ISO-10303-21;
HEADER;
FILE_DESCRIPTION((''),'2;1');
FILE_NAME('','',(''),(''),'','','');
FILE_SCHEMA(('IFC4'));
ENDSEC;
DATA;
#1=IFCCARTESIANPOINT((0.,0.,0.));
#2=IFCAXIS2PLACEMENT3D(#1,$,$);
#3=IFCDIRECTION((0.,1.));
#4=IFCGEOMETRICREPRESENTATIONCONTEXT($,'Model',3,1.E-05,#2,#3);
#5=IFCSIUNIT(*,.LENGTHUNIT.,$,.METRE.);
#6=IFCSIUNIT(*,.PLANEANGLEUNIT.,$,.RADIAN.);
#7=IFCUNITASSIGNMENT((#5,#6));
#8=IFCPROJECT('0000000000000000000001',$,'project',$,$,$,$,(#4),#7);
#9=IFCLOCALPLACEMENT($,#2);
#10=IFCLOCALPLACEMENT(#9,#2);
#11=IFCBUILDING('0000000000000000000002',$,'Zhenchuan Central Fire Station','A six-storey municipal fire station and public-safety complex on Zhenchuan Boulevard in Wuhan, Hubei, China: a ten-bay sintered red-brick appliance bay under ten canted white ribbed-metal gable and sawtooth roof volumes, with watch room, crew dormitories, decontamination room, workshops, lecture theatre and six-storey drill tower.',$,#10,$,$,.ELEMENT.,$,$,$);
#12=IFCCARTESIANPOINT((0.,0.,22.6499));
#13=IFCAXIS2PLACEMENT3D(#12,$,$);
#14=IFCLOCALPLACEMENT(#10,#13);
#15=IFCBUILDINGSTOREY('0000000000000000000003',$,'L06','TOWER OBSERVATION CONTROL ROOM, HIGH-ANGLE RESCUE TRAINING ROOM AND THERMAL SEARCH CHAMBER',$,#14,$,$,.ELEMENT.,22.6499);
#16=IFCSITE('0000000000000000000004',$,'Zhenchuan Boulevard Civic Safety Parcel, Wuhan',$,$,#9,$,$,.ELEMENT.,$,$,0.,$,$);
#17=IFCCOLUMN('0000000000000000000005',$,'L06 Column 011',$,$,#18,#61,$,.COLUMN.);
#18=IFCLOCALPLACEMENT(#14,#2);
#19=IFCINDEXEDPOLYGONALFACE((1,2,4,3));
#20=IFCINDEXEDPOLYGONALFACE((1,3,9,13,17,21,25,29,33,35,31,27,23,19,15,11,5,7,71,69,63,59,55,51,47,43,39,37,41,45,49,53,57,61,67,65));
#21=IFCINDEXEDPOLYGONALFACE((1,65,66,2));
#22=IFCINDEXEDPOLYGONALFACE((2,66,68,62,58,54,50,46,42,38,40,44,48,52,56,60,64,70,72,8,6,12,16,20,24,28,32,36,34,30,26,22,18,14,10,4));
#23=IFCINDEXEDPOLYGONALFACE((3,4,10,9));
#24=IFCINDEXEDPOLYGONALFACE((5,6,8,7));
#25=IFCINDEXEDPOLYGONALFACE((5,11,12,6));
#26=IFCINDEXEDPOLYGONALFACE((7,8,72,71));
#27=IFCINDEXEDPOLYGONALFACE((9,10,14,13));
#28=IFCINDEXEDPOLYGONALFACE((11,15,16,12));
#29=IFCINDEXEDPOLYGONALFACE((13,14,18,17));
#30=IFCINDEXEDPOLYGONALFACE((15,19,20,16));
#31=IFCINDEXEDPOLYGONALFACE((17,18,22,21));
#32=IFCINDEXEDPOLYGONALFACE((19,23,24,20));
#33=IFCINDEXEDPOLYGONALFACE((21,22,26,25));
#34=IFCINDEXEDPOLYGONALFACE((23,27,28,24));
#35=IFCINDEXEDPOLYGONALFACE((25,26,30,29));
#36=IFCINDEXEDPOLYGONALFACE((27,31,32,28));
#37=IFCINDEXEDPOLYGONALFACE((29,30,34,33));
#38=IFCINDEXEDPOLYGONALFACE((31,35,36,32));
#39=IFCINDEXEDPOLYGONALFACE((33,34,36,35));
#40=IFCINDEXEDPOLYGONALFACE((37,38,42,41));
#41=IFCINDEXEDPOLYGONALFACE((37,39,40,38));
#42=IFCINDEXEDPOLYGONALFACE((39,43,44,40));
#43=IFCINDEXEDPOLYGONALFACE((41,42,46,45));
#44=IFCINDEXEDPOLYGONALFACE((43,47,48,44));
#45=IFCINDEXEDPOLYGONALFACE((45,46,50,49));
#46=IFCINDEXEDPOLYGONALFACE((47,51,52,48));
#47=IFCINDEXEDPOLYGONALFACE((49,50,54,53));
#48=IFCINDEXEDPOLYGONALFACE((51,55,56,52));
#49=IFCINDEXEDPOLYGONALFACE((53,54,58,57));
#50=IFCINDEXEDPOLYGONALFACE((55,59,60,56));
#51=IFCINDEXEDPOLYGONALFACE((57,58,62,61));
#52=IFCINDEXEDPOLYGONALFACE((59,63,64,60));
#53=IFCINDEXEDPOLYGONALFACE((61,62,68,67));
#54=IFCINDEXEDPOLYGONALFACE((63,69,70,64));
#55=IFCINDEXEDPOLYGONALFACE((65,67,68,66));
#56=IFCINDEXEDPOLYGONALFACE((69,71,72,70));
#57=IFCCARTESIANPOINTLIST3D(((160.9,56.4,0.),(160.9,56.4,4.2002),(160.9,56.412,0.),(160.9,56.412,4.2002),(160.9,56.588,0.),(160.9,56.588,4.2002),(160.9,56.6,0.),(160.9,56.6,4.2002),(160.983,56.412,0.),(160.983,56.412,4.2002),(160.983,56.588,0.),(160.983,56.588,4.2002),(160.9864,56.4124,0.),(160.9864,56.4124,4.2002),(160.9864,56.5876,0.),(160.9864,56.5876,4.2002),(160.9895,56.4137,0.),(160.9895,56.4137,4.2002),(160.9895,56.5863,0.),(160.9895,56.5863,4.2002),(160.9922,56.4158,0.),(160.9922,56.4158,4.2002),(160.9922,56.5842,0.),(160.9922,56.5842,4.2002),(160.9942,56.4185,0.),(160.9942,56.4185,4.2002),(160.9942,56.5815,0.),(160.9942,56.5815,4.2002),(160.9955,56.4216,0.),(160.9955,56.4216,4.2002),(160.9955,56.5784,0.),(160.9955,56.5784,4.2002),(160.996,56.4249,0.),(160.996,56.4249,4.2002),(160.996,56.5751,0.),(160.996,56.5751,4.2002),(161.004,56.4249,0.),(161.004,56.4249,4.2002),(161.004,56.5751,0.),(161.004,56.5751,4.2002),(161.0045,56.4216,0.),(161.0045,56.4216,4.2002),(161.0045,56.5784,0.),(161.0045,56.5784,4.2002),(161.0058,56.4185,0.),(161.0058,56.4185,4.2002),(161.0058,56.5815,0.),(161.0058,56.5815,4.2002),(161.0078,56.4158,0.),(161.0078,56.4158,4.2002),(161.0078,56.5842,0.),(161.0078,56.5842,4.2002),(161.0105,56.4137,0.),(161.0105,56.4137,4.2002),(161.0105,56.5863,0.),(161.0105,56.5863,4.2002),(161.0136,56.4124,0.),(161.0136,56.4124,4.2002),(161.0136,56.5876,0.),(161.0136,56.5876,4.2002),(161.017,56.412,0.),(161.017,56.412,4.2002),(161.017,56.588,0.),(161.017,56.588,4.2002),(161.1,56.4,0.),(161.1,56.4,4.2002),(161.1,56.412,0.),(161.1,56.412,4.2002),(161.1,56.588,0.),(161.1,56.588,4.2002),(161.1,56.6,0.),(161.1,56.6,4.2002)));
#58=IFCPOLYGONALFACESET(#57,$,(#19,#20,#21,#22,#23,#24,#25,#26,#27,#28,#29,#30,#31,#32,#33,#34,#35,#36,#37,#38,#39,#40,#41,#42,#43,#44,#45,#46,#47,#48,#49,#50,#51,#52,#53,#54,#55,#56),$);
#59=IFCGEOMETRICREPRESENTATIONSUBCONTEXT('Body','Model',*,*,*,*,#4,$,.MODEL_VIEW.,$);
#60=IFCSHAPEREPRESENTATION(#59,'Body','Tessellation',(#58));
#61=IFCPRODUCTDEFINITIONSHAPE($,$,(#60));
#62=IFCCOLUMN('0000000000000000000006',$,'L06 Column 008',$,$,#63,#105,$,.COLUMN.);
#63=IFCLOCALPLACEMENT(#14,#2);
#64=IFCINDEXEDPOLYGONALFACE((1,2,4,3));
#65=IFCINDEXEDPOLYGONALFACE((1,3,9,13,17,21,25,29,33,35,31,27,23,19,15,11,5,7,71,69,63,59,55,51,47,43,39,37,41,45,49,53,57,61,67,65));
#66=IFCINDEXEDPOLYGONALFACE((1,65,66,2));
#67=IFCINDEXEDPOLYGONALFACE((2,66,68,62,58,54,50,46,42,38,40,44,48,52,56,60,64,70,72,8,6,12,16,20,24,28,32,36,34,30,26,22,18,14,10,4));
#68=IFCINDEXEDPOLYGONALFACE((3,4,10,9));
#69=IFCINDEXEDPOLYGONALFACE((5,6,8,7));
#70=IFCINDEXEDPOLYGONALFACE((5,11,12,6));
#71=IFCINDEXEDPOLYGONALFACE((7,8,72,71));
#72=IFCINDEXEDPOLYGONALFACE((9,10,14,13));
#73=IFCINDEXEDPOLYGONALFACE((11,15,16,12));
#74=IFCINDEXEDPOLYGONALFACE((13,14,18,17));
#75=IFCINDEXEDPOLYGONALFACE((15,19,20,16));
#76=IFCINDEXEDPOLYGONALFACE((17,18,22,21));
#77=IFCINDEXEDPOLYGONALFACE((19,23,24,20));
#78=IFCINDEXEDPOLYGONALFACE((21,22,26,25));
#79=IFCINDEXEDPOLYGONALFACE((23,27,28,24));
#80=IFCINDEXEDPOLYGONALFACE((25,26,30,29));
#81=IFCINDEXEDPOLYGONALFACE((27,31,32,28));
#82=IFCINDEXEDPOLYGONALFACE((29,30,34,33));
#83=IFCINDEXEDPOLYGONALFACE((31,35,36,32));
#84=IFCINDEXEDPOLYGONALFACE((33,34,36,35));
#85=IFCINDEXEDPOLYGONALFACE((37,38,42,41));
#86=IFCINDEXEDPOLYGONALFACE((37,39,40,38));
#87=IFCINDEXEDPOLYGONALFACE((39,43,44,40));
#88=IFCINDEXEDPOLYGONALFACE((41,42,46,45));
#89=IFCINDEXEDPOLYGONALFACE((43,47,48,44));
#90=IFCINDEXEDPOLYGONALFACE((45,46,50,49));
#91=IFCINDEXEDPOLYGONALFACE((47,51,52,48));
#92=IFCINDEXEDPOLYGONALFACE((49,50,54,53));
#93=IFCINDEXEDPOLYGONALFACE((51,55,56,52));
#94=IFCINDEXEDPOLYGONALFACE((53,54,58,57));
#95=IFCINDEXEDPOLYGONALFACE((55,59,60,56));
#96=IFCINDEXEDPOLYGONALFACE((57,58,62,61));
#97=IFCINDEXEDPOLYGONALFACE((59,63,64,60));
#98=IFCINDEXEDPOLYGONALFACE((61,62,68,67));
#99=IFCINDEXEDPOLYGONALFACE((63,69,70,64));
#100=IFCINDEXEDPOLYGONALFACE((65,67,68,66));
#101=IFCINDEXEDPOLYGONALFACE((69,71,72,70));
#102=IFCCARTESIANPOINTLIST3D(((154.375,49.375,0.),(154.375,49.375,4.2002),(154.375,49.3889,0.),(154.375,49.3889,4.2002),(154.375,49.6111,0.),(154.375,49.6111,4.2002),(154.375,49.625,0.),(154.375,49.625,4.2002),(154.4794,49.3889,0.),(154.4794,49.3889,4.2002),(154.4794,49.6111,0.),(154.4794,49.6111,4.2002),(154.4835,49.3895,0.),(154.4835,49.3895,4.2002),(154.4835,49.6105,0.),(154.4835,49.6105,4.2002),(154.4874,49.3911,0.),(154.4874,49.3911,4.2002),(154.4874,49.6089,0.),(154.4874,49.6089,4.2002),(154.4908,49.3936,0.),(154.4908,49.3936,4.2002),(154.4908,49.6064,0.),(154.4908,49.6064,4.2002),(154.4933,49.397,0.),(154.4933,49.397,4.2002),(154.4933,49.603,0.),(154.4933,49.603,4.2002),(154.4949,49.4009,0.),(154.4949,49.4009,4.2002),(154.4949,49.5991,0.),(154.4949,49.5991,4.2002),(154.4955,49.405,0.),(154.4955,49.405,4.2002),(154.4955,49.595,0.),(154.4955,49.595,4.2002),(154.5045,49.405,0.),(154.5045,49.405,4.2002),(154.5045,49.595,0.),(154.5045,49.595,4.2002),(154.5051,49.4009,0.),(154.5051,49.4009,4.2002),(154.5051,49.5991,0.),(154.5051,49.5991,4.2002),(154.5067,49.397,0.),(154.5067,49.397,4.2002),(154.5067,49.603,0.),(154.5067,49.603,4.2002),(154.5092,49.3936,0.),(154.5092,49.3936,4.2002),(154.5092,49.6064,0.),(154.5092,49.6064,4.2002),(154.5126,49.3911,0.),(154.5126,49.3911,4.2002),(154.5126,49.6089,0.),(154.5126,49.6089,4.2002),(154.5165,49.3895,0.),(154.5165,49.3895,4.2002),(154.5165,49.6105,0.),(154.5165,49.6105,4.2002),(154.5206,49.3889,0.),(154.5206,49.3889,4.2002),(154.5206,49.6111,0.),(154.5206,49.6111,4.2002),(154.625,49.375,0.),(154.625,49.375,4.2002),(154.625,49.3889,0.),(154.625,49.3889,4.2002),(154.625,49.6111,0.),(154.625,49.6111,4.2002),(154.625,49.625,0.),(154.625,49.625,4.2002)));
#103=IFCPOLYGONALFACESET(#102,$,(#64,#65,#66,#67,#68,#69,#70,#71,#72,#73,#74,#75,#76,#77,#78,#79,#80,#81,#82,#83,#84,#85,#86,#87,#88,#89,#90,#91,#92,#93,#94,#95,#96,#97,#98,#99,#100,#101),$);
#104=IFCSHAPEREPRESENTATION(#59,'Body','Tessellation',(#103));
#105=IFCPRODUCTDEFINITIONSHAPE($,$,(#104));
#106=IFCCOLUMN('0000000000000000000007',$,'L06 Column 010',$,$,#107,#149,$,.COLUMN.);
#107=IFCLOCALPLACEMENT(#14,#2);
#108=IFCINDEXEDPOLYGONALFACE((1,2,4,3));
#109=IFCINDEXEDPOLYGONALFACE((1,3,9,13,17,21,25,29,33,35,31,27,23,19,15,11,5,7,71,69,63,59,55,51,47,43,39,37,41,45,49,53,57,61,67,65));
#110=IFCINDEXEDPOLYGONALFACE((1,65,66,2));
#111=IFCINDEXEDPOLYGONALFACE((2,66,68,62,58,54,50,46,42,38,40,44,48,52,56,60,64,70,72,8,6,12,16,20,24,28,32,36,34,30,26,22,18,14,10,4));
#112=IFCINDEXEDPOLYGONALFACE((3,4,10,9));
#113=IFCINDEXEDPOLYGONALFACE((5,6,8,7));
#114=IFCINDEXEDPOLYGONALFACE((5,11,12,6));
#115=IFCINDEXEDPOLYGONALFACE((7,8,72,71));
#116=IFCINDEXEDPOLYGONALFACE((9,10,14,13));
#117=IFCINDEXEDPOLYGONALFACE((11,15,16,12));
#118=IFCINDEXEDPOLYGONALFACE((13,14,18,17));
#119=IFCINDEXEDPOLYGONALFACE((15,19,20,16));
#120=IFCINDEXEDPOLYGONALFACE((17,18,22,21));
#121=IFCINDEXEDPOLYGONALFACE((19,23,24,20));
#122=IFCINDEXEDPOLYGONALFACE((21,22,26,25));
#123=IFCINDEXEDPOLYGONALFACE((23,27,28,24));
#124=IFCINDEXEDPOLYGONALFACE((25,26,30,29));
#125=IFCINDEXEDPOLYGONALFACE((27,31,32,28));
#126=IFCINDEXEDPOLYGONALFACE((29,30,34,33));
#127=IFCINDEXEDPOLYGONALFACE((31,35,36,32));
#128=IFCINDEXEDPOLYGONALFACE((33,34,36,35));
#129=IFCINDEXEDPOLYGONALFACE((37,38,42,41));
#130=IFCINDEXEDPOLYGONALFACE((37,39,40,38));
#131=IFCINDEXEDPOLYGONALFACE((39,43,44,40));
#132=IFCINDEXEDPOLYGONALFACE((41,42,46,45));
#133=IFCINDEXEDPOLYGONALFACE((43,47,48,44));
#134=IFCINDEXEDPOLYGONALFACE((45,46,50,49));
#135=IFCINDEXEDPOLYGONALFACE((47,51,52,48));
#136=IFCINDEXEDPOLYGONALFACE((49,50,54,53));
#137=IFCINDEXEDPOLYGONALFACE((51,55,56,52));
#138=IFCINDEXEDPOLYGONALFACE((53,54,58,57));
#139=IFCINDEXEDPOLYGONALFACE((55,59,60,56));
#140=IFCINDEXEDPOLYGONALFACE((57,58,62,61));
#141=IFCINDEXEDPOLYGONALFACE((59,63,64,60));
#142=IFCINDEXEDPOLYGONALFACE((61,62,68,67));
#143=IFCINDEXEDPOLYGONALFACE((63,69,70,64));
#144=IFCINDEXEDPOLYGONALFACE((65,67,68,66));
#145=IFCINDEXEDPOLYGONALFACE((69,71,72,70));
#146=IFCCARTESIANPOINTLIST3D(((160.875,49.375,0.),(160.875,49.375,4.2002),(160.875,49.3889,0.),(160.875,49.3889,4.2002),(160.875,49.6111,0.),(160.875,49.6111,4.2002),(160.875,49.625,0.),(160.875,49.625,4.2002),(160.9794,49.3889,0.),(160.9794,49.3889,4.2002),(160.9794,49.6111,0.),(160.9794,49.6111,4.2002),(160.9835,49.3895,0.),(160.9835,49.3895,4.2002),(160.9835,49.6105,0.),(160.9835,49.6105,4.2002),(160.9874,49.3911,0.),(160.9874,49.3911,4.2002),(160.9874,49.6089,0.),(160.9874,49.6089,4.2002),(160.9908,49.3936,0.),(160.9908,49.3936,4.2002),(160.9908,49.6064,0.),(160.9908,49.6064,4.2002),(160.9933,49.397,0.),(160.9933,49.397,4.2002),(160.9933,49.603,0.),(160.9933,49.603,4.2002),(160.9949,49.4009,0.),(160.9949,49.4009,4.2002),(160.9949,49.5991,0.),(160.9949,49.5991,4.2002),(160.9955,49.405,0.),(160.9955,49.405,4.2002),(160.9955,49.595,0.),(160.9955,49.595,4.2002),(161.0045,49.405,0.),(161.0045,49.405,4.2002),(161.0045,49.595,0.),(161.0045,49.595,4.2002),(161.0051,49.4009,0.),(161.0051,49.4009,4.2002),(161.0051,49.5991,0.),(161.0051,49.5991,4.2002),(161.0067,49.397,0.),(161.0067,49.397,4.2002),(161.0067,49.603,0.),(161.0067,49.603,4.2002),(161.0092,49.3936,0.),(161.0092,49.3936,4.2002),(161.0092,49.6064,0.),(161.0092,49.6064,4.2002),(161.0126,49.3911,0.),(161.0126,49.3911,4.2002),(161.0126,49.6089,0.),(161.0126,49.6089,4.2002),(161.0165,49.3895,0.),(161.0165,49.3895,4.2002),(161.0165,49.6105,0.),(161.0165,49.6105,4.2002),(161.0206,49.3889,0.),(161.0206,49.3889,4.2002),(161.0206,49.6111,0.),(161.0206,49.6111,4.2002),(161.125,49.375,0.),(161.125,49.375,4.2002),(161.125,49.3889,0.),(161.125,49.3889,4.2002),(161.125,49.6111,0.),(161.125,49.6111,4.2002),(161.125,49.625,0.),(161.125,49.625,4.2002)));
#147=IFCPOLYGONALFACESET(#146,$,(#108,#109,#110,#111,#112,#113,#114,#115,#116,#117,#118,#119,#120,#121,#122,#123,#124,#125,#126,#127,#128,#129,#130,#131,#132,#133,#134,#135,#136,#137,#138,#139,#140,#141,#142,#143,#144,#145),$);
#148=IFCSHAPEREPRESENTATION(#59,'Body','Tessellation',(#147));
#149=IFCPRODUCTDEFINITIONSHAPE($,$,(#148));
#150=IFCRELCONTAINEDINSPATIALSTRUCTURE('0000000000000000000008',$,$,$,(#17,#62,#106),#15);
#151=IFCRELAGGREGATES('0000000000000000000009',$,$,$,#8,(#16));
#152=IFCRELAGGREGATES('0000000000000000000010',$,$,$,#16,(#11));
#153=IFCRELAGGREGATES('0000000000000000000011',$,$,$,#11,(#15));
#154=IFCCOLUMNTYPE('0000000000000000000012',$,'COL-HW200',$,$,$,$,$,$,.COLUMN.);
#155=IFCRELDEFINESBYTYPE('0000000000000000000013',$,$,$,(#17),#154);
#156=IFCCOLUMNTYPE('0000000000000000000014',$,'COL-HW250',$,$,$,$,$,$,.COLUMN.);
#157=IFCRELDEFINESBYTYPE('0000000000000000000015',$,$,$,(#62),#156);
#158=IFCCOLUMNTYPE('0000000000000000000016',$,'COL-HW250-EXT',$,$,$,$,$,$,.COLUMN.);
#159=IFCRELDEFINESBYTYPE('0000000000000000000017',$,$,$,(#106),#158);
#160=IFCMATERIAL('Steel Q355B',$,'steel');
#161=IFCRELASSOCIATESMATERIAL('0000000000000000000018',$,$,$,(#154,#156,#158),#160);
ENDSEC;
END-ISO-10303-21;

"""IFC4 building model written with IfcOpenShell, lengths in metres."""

from ifc_helpers import new_model, si_unit, direction, frame, origin, origin_2d, place, context, subcontext, project, spatial, i_section, extrude, material, material_profile, profile_set, type_object, element, save


model = new_model("IFC4")

# Units and contexts
model_context = context("Model", 3, precision=1e-05, world=origin(), true_north=direction((0.0, 1.0)))
body_context = subcontext(model_context, "Body", "Model", "MODEL_VIEW")
ifc_project = project(units=[si_unit("LENGTHUNIT", "METRE"), si_unit("PLANEANGLEUNIT", "RADIAN")], contexts=[model_context])

# Site, building, storey
site_placement = place(None, origin())
site = spatial("IfcSite", under=ifc_project, at=site_placement, Name="Zhenchuan Boulevard Civic Safety Parcel, Wuhan", CompositionType="ELEMENT", RefElevation=0.0)
building_placement = place(site_placement, origin())
building = spatial("IfcBuilding", under=site, at=building_placement, Name="Zhenchuan Central Fire Station", Description="A six-storey municipal fire station and public-safety complex on Zhenchuan Boulevard in Wuhan, Hubei, China: a ten-bay sintered red-brick appliance bay under ten canted white ribbed-metal gable and sawtooth roof volumes, with watch room, crew dormitories, decontamination room, workshops, lecture theatre and six-storey drill tower.", CompositionType="ELEMENT")
storey_placement = place(building_placement, frame((0.0, 0.0, 22.6499)))
storey = spatial("IfcBuildingStorey", under=building, at=storey_placement, Name="L06", Description="TOWER OBSERVATION CONTROL ROOM, HIGH-ANGLE RESCUE TRAINING ROOM AND THERMAL SEARCH CHAMBER", CompositionType="ELEMENT", Elevation=22.6499)

# Columns
ifc_material_1 = material(Name="Steel Q355B", Category="steel")
ifc_material_profile_1 = material_profile(ifc_material_1, i_section(OverallWidth=0.2, OverallDepth=0.2, WebThickness=0.0081, FlangeThickness=0.012, FilletRadius=0.0129, at=origin_2d()), Name="HW 200x200")
ifc_profile_set_1 = profile_set([ifc_material_profile_1], Name="Steel Q355B")
column_type_1 = type_object("IfcColumnType", Name="COL-HW200", PredefinedType="COLUMN", material=ifc_profile_set_1)
column_1_placement = place(storey_placement, frame((161.0, 56.5, 0.0), z_axis=(0.0, 0.0, 1.0), x_axis=(1.0, 0.0, 0.0)))
element("IfcColumn", 1, at=column_1_placement, inside=storey, type_object=column_type_1, Name="L06 Column 011", PredefinedType="COLUMN", context=body_context, shape_type="SweptSolid", body=[
    extrude(i_section(OverallWidth=0.2, OverallDepth=0.2, WebThickness=0.0081, FlangeThickness=0.012, FilletRadius=0.0129, at=origin_2d()), origin(), (0.0, 0.0, 1.0), 4.2002),
])
ifc_material_profile_2 = material_profile(ifc_material_1, i_section(OverallWidth=0.25, OverallDepth=0.25, WebThickness=0.009, FlangeThickness=0.0139, FilletRadius=0.0161, at=origin_2d()), Name="HW 250x250")
ifc_profile_set_2 = profile_set([ifc_material_profile_2], Name="Steel Q355B")
column_type_2 = type_object("IfcColumnType", Name="COL-HW250", PredefinedType="COLUMN", material=ifc_profile_set_2)
column_2_placement = place(storey_placement, frame((154.5, 49.5, 0.0), z_axis=(0.0, 0.0, 1.0), x_axis=(1.0, 0.0, 0.0)))
element("IfcColumn", 2, at=column_2_placement, inside=storey, type_object=column_type_2, Name="L06 Column 008", PredefinedType="COLUMN", context=body_context, shape_type="SweptSolid", body=[
    extrude(i_section(OverallWidth=0.25, OverallDepth=0.25, WebThickness=0.009, FlangeThickness=0.0139, FilletRadius=0.0161, at=origin_2d()), origin(), (0.0, 0.0, 1.0), 4.2002),
])
ifc_material_profile_3 = material_profile(ifc_material_1, i_section(OverallWidth=0.25, OverallDepth=0.25, WebThickness=0.009, FlangeThickness=0.0139, FilletRadius=0.0161, at=origin_2d()), Name="HW 250x250")
ifc_profile_set_3 = profile_set([ifc_material_profile_3], Name="Steel Q355B")
column_type_3 = type_object("IfcColumnType", Name="COL-HW250-EXT", PredefinedType="COLUMN", material=ifc_profile_set_3)
column_3_placement = place(storey_placement, frame((161.0, 49.5, 0.0), z_axis=(0.0, 0.0, 1.0), x_axis=(1.0, 0.0, 0.0)))
element("IfcColumn", 3, at=column_3_placement, inside=storey, type_object=column_type_3, Name="L06 Column 010", PredefinedType="COLUMN", context=body_context, shape_type="SweptSolid", body=[
    extrude(i_section(OverallWidth=0.25, OverallDepth=0.25, WebThickness=0.009, FlangeThickness=0.0139, FilletRadius=0.0161, at=origin_2d()), origin(), (0.0, 0.0, 1.0), 4.2002),
])

save(model, "model.ifc")
